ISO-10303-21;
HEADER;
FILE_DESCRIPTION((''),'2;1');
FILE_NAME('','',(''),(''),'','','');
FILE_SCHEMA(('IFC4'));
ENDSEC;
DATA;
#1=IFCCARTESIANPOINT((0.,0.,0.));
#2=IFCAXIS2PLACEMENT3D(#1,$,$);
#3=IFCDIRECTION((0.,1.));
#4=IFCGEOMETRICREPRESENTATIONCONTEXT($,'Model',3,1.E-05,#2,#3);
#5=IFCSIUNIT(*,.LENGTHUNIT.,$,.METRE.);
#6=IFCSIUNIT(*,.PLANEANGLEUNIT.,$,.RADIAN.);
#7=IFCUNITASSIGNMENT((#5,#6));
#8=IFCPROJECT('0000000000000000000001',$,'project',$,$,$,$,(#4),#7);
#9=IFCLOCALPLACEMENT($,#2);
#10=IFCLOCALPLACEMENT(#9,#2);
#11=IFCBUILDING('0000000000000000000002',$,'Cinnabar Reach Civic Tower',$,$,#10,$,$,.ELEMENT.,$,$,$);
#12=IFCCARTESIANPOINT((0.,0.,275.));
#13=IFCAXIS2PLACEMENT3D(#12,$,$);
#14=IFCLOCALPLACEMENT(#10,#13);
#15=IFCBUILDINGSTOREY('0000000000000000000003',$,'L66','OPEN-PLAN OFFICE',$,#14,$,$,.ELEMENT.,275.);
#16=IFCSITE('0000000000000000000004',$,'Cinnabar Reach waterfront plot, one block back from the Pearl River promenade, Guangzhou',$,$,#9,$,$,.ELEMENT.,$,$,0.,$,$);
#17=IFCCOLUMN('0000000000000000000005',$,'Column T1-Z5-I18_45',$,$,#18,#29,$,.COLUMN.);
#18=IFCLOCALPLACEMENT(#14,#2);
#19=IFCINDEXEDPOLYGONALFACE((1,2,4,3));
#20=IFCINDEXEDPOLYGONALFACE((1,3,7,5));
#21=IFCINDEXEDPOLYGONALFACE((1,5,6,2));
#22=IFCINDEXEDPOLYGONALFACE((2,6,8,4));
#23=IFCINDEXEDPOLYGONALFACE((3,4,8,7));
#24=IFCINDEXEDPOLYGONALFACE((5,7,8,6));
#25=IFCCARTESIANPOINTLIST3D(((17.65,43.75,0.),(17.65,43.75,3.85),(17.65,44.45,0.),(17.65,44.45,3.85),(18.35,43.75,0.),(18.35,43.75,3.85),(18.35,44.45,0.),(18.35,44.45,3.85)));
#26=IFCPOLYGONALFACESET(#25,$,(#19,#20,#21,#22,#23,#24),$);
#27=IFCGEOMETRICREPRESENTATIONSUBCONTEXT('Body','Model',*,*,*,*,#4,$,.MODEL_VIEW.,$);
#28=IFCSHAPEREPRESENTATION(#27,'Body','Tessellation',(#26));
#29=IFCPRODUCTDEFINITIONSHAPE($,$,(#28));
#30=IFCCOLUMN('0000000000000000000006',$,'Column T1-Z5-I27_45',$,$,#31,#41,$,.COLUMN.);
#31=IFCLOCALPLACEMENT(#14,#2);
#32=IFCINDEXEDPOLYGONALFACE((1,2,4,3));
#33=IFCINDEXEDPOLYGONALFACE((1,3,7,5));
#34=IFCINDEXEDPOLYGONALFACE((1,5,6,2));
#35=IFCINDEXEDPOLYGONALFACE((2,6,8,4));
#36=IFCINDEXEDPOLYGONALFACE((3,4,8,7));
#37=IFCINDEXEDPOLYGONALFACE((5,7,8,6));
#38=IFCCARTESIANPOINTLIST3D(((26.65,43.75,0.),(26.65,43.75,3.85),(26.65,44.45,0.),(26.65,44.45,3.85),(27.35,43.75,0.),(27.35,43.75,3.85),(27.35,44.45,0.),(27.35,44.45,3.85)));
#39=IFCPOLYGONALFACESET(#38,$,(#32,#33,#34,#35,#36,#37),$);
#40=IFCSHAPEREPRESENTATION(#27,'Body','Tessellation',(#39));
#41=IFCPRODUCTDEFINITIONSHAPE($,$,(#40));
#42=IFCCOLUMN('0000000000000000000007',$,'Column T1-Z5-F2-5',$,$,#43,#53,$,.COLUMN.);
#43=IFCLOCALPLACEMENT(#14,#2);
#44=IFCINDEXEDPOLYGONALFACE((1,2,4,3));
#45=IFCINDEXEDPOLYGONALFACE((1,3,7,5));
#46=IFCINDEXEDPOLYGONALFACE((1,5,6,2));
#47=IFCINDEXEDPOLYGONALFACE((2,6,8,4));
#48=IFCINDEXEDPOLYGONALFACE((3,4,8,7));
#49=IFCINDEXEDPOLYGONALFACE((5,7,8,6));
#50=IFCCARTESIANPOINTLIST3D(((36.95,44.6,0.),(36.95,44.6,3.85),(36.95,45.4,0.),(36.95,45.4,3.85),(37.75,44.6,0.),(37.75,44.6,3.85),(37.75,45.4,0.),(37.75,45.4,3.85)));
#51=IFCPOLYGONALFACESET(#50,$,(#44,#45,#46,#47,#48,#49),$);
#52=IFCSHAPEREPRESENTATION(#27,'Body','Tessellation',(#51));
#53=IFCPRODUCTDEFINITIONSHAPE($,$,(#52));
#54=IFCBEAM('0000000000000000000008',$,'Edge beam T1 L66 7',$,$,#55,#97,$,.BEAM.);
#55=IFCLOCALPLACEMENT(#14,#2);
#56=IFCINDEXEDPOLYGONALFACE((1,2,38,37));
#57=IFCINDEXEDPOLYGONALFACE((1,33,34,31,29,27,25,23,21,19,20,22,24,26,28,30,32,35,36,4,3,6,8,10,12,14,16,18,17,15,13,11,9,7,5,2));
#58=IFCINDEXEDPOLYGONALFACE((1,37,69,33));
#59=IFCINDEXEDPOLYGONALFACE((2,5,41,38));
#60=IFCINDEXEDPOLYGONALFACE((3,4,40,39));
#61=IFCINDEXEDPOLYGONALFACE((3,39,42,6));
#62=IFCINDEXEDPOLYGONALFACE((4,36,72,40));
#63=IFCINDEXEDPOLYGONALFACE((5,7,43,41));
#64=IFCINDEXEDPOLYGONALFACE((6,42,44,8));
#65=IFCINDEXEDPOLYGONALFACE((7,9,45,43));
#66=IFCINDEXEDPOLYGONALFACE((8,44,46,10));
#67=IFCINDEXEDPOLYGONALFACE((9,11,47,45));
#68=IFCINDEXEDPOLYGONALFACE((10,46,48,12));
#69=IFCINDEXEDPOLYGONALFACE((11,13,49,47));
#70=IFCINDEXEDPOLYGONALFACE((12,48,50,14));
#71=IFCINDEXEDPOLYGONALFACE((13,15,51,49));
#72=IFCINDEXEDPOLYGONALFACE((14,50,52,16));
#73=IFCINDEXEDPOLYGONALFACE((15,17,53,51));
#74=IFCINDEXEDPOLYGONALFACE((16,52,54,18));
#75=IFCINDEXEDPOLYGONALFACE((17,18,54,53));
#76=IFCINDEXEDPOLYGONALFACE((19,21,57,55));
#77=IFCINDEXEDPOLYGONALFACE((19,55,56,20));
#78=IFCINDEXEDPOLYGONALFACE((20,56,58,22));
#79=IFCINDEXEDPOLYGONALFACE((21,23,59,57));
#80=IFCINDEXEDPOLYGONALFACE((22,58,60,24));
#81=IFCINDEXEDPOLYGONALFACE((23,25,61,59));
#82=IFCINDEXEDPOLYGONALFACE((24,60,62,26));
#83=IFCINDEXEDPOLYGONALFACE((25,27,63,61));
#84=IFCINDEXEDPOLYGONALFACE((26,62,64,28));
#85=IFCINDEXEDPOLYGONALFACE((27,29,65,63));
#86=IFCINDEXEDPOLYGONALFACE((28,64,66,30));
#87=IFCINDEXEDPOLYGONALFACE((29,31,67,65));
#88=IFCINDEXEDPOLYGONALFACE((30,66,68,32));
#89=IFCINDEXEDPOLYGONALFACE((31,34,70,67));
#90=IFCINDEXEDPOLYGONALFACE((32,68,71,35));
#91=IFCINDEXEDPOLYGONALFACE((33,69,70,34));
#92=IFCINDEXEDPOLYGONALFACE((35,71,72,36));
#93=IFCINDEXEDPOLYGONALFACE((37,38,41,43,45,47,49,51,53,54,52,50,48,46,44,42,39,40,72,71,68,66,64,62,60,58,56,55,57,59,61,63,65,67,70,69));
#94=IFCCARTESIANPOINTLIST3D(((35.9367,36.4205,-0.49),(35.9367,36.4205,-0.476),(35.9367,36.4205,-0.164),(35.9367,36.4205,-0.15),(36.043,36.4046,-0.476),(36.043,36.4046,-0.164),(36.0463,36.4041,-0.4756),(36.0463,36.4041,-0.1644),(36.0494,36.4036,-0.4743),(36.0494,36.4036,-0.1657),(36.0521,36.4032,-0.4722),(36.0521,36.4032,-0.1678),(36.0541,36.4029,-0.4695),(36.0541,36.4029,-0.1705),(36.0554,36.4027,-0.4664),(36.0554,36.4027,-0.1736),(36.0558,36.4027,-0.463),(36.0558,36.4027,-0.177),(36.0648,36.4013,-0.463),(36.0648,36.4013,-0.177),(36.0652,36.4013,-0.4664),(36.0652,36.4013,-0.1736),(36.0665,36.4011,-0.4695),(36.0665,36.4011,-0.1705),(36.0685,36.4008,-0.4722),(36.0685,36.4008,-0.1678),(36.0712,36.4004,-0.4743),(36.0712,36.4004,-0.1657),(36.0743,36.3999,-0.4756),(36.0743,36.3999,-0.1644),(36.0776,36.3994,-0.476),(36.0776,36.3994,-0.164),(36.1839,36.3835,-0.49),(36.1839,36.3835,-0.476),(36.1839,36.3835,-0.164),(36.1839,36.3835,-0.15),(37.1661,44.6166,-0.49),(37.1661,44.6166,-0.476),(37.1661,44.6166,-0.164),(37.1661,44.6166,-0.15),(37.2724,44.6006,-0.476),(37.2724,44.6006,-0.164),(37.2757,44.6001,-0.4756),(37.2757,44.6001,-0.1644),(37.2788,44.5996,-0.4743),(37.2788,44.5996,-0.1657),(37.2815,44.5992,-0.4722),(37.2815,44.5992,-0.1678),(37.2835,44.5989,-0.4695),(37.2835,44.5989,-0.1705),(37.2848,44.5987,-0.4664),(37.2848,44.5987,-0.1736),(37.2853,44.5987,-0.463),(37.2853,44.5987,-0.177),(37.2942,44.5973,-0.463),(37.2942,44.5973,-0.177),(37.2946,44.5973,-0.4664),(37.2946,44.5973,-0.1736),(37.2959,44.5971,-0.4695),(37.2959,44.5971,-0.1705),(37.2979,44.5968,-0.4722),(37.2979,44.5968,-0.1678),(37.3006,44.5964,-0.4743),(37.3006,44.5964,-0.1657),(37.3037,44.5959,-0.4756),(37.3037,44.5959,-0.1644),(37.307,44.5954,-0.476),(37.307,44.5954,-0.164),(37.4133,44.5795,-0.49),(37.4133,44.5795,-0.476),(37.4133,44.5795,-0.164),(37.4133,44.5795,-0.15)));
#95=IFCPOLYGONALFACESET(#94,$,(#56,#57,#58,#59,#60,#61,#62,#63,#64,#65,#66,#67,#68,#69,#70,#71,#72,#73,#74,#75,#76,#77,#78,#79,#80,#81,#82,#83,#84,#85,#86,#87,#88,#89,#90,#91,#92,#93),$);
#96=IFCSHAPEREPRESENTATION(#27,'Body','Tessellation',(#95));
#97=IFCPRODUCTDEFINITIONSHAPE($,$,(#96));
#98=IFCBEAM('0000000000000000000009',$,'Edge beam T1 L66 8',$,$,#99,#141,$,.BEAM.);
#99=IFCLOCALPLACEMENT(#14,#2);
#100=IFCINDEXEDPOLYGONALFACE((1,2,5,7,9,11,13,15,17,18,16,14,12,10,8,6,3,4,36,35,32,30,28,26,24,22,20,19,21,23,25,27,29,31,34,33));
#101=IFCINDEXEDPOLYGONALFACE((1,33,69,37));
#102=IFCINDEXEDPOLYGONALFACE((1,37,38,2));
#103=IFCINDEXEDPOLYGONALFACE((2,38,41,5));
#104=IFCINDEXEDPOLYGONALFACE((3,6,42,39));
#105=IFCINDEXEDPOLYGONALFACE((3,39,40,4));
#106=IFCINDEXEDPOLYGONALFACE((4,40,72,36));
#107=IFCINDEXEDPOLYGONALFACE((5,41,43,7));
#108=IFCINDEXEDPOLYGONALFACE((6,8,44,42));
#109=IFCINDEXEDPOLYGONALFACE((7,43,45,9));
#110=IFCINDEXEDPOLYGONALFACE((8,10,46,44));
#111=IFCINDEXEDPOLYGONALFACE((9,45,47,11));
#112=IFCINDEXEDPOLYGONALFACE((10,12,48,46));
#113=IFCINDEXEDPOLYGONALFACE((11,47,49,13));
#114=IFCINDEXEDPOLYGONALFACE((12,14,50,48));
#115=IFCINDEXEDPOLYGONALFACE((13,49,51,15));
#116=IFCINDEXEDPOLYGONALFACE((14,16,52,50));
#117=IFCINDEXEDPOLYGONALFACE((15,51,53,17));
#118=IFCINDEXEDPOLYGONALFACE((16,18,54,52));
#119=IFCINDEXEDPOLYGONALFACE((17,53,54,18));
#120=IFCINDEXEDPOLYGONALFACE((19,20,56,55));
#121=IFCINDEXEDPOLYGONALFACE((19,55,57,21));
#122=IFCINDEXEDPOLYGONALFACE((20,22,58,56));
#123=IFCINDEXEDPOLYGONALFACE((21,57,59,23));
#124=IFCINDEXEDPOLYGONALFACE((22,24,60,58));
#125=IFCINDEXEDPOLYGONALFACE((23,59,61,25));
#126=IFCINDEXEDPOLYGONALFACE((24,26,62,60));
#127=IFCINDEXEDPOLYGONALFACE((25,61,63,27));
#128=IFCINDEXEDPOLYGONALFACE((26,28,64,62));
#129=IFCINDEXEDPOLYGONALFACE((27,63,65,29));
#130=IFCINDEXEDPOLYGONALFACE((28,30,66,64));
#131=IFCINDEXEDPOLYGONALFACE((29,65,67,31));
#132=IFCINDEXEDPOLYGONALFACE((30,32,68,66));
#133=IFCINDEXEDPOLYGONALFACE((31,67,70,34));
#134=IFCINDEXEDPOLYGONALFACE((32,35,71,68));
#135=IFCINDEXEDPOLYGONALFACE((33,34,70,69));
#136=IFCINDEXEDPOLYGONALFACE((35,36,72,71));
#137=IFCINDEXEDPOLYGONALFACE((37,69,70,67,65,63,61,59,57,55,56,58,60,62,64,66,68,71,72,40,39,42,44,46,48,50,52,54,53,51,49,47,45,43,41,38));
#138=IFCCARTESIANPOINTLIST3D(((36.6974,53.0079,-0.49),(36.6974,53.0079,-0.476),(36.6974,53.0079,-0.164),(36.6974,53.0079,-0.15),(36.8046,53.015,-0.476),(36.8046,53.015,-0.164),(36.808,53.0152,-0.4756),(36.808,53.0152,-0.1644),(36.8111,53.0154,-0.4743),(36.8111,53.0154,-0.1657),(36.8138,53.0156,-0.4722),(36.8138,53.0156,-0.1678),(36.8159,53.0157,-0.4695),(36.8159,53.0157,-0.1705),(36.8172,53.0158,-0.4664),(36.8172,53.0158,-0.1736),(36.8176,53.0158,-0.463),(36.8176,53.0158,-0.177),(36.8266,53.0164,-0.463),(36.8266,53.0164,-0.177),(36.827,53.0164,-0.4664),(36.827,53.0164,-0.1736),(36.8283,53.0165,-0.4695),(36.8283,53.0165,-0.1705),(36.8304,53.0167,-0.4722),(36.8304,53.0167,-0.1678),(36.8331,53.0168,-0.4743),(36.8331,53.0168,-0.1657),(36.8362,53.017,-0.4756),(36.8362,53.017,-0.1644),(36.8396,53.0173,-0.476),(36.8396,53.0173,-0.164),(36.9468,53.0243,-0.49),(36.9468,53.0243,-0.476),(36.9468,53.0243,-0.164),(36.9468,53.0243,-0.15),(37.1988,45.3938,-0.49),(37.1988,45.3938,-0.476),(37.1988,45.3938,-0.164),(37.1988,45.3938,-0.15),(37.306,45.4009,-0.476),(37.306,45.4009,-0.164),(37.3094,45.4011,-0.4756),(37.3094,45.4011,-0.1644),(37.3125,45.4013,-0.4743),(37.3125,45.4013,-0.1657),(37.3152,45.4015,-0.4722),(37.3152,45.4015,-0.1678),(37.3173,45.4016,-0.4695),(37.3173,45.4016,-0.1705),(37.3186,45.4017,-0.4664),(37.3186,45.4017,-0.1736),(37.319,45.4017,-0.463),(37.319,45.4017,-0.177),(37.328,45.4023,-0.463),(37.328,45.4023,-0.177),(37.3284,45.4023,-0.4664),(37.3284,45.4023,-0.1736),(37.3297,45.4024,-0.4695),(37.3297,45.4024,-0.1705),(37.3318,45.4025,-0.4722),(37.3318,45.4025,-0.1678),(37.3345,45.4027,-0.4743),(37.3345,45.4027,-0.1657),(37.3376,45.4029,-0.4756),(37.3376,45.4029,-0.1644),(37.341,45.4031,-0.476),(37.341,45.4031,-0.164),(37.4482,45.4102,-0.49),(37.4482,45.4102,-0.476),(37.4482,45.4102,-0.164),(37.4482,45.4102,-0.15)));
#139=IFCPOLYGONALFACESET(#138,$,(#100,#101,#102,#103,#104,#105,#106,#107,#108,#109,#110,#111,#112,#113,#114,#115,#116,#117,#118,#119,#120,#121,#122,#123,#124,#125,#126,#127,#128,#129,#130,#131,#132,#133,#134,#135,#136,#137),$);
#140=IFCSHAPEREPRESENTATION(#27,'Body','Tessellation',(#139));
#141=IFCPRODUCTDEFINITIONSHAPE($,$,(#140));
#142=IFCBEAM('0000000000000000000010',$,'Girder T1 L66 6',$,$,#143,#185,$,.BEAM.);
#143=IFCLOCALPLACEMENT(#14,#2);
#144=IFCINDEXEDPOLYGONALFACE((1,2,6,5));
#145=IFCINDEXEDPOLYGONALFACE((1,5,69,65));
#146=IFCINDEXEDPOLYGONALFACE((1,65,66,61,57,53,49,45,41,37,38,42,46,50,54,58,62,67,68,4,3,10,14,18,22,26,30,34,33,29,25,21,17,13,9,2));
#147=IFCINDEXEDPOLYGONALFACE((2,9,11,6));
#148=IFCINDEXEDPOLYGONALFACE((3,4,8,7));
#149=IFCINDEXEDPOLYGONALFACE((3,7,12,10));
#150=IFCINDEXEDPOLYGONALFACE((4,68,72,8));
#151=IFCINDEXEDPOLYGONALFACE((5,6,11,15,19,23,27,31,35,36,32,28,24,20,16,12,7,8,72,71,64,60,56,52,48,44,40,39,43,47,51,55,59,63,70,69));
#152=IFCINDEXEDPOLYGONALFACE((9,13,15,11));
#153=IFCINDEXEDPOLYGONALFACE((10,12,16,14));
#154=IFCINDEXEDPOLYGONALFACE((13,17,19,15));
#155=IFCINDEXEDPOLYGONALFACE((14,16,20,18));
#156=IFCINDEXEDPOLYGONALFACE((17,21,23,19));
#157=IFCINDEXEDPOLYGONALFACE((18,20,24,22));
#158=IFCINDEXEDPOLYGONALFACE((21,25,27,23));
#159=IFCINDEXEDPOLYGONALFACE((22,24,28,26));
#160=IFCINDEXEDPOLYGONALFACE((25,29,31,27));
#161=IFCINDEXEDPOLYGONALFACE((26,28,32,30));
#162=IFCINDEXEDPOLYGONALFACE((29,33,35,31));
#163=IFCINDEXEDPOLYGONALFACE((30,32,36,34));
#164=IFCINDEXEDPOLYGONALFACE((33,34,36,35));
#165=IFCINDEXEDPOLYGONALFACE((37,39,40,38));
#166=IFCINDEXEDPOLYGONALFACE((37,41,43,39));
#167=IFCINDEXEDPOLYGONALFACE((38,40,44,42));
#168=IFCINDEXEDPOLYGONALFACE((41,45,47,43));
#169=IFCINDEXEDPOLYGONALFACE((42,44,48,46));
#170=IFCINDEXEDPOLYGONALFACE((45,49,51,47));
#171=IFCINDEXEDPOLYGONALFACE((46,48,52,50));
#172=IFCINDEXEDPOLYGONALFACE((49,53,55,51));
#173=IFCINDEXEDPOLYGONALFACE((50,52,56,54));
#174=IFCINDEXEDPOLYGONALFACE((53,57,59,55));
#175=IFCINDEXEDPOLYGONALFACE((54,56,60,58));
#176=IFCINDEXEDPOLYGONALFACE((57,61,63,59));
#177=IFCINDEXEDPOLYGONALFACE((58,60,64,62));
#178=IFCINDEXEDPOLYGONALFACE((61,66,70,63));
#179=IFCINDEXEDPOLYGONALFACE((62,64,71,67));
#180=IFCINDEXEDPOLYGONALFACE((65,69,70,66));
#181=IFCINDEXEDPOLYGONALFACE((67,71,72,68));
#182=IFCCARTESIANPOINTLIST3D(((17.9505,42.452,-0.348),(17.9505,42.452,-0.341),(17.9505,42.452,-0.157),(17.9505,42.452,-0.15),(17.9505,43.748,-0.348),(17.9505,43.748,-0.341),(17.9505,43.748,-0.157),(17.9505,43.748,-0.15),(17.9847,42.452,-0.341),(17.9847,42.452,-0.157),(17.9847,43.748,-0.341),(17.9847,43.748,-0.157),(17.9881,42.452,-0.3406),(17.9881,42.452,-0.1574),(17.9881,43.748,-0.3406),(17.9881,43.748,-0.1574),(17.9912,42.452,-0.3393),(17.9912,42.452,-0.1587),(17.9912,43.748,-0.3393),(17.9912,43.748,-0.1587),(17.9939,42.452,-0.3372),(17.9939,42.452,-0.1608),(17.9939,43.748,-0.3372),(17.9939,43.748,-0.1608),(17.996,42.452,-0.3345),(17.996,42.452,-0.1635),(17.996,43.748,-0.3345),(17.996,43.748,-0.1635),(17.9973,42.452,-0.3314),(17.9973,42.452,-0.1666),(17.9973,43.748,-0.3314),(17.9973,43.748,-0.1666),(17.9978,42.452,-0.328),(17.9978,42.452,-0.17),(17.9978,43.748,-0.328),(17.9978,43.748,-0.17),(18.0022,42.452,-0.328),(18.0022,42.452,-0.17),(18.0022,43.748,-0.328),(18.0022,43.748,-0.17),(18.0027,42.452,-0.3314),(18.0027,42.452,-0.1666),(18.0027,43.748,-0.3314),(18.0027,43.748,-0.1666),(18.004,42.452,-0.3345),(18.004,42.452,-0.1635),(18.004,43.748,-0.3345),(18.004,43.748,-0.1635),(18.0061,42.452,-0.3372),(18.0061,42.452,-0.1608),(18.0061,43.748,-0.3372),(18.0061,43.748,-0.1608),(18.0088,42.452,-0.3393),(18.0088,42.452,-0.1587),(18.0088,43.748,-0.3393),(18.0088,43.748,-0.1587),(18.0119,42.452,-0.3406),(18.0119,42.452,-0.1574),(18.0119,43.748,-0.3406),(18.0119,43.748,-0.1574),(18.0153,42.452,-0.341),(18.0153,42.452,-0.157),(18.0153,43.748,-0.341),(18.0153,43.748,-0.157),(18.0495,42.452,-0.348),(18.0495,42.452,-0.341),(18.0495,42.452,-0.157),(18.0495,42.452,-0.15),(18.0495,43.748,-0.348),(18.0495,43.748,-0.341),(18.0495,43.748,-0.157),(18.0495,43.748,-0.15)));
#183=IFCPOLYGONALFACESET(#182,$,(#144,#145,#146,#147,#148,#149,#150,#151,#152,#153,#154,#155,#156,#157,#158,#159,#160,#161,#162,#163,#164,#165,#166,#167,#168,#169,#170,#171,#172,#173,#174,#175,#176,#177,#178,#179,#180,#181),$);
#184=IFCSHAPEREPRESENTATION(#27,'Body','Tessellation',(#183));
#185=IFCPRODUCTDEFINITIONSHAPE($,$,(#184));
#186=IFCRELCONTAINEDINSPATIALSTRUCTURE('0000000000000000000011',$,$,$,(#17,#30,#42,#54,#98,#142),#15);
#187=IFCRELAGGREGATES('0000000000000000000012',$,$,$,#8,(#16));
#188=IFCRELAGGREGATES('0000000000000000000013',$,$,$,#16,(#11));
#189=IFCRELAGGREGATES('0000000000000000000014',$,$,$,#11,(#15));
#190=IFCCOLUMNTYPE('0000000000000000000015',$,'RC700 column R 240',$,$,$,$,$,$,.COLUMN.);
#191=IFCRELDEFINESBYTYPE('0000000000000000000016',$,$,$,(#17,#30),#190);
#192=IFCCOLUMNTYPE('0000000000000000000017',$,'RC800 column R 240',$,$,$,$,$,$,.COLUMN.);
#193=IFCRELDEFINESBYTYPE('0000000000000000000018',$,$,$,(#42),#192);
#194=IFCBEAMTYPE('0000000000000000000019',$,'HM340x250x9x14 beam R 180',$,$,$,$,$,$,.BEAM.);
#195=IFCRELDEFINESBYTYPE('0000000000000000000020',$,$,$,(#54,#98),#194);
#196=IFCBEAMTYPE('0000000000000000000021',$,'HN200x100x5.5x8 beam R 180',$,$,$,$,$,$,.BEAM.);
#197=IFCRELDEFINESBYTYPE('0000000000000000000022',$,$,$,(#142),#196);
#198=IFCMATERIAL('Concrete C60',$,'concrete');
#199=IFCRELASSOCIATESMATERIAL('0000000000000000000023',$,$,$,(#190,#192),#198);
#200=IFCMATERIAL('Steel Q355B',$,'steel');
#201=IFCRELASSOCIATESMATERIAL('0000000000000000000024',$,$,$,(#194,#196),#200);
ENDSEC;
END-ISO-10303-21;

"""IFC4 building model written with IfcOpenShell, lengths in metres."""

from ifc_helpers import new_model, si_unit, direction, frame, origin, origin_2d, place, context, subcontext, project, spatial, rectangle, i_section, extrude, material, material_profile, profile_set, type_object, element, save


model = new_model("IFC4")

# Units and contexts
model_context = context("Model", 3, precision=1e-05, world=origin(), true_north=direction((0.0, 1.0)))
body_context = subcontext(model_context, "Body", "Model", "MODEL_VIEW")
ifc_project = project(units=[si_unit("LENGTHUNIT", "METRE"), si_unit("PLANEANGLEUNIT", "RADIAN")], contexts=[model_context])

# Site, building, storey
site_placement = place(None, origin())
site = spatial("IfcSite", under=ifc_project, at=site_placement, Name="Cinnabar Reach waterfront plot, one block back from the Pearl River promenade, Guangzhou", CompositionType="ELEMENT", RefElevation=0.0)
building_placement = place(site_placement, origin())
building = spatial("IfcBuilding", under=site, at=building_placement, Name="Cinnabar Reach Civic Tower", CompositionType="ELEMENT")
storey_placement = place(building_placement, frame((0.0, 0.0, 275.0)))
storey = spatial("IfcBuildingStorey", under=building, at=storey_placement, Name="L66", Description="OPEN-PLAN OFFICE", CompositionType="ELEMENT", Elevation=275.0)

# Columns
ifc_material_1 = material(Name="Concrete C60", Category="concrete")
ifc_material_profile_1 = material_profile(ifc_material_1, rectangle(XDim=0.7, YDim=0.7, at=origin_2d()), Name="RC700")
ifc_profile_set_1 = profile_set([ifc_material_profile_1], Name="Concrete C60")
column_type_1 = type_object("IfcColumnType", Name="RC700 column R 240", PredefinedType="COLUMN", material=ifc_profile_set_1)
for number, where, z_axis, x_axis, name in (
    (1, (18.0, 44.1, 0.0), (0.0, 0.0, 1.0), (1.0, 0.0, 0.0), "Column T1-Z5-I18_45"),
    (2, (27.0, 44.1, 0.0), (0.0, 0.0, 1.0), (1.0, 0.0, 0.0), "Column T1-Z5-I27_45"),
):
    element("IfcColumn", number, at=place(storey_placement, frame(where, z_axis=z_axis, x_axis=x_axis)), inside=storey, type_object=column_type_1, Name=name, PredefinedType="COLUMN", context=body_context, shape_type="SweptSolid", body=[
        extrude(rectangle(XDim=0.7, YDim=0.7, at=origin_2d()), origin(), (0.0, 0.0, 1.0), 3.85),
    ])
ifc_material_profile_2 = material_profile(ifc_material_1, rectangle(XDim=0.8, YDim=0.8, at=origin_2d()), Name="RC800")
ifc_profile_set_2 = profile_set([ifc_material_profile_2], Name="Concrete C60")
column_type_2 = type_object("IfcColumnType", Name="RC800 column R 240", PredefinedType="COLUMN", material=ifc_profile_set_2)
column_placement = place(storey_placement, frame((37.35, 45.0, 0.0), z_axis=(0.0, 0.0, 1.0), x_axis=(1.0, 0.0, 0.0)))
element("IfcColumn", 3, at=column_placement, inside=storey, type_object=column_type_2, Name="Column T1-Z5-F2-5", PredefinedType="COLUMN", context=body_context, shape_type="SweptSolid", body=[
    extrude(rectangle(XDim=0.8, YDim=0.8, at=origin_2d()), origin(), (0.0, 0.0, 1.0), 3.85),
])

# Beams
ifc_material_2 = material(Name="Steel Q355B", Category="steel")
ifc_material_profile_3 = material_profile(ifc_material_2, i_section(OverallWidth=0.25, OverallDepth=0.34, WebThickness=0.009, FlangeThickness=0.014, FilletRadius=0.013, at=origin_2d()), Name="HM340x250x9x14")
ifc_profile_set_3 = profile_set([ifc_material_profile_3], Name="Steel Q355B")
beam_type_1 = type_object("IfcBeamType", Name="HM340x250x9x14 beam R 180", PredefinedType="BEAM", material=ifc_profile_set_3)
beam_1_placement = place(storey_placement, frame((36.0603, 36.402, -0.32), z_axis=(0.14834, 0.988936, 0.0), x_axis=(-0.988936, 0.14834, 0.0)))
element("IfcBeam", 4, at=beam_1_placement, inside=storey, type_object=beam_type_1, Name="Edge beam T1 L66 7", PredefinedType="BEAM", context=body_context, shape_type="SweptSolid", body=[
    extrude(i_section(OverallWidth=0.25, OverallDepth=0.34, WebThickness=0.009, FlangeThickness=0.014, FilletRadius=0.013, at=origin_2d()), origin(), (0.0, 0.0, 1.0), 8.2877),
])
beam_2_placement = place(storey_placement, frame((37.3235, 45.402, -0.32), z_axis=(-0.065709, 0.997839, 0.0), x_axis=(-0.997839, -0.065709, 0.0)))
element("IfcBeam", 5, at=beam_2_placement, inside=storey, type_object=beam_type_1, Name="Edge beam T1 L66 8", PredefinedType="BEAM", context=body_context, shape_type="SweptSolid", body=[
    extrude(i_section(OverallWidth=0.25, OverallDepth=0.34, WebThickness=0.009, FlangeThickness=0.014, FilletRadius=0.013, at=origin_2d()), origin(), (0.0, 0.0, 1.0), 7.6306),
])
ifc_material_profile_4 = material_profile(ifc_material_2, i_section(OverallWidth=0.099, OverallDepth=0.198, WebThickness=0.0045, FlangeThickness=0.007, FilletRadius=0.013, at=origin_2d()), Name="HN200x100x5.5x8")
ifc_profile_set_4 = profile_set([ifc_material_profile_4], Name="Steel Q355B")
beam_type_2 = type_object("IfcBeamType", Name="HN200x100x5.5x8 beam R 180", PredefinedType="BEAM", material=ifc_profile_set_4)
beam_3_placement = place(storey_placement, frame((18.0, 42.452, -0.249), z_axis=(0.0, 1.0, 0.0), x_axis=(-1.0, 0.0, 0.0)))
element("IfcBeam", 6, at=beam_3_placement, inside=storey, type_object=beam_type_2, Name="Girder T1 L66 6", PredefinedType="BEAM", context=body_context, shape_type="SweptSolid", body=[
    extrude(i_section(OverallWidth=0.099, OverallDepth=0.198, WebThickness=0.0045, FlangeThickness=0.007, FilletRadius=0.013, at=origin_2d()), origin(), (0.0, 0.0, 1.0), 1.296),
])

save(model, "model.ifc")
